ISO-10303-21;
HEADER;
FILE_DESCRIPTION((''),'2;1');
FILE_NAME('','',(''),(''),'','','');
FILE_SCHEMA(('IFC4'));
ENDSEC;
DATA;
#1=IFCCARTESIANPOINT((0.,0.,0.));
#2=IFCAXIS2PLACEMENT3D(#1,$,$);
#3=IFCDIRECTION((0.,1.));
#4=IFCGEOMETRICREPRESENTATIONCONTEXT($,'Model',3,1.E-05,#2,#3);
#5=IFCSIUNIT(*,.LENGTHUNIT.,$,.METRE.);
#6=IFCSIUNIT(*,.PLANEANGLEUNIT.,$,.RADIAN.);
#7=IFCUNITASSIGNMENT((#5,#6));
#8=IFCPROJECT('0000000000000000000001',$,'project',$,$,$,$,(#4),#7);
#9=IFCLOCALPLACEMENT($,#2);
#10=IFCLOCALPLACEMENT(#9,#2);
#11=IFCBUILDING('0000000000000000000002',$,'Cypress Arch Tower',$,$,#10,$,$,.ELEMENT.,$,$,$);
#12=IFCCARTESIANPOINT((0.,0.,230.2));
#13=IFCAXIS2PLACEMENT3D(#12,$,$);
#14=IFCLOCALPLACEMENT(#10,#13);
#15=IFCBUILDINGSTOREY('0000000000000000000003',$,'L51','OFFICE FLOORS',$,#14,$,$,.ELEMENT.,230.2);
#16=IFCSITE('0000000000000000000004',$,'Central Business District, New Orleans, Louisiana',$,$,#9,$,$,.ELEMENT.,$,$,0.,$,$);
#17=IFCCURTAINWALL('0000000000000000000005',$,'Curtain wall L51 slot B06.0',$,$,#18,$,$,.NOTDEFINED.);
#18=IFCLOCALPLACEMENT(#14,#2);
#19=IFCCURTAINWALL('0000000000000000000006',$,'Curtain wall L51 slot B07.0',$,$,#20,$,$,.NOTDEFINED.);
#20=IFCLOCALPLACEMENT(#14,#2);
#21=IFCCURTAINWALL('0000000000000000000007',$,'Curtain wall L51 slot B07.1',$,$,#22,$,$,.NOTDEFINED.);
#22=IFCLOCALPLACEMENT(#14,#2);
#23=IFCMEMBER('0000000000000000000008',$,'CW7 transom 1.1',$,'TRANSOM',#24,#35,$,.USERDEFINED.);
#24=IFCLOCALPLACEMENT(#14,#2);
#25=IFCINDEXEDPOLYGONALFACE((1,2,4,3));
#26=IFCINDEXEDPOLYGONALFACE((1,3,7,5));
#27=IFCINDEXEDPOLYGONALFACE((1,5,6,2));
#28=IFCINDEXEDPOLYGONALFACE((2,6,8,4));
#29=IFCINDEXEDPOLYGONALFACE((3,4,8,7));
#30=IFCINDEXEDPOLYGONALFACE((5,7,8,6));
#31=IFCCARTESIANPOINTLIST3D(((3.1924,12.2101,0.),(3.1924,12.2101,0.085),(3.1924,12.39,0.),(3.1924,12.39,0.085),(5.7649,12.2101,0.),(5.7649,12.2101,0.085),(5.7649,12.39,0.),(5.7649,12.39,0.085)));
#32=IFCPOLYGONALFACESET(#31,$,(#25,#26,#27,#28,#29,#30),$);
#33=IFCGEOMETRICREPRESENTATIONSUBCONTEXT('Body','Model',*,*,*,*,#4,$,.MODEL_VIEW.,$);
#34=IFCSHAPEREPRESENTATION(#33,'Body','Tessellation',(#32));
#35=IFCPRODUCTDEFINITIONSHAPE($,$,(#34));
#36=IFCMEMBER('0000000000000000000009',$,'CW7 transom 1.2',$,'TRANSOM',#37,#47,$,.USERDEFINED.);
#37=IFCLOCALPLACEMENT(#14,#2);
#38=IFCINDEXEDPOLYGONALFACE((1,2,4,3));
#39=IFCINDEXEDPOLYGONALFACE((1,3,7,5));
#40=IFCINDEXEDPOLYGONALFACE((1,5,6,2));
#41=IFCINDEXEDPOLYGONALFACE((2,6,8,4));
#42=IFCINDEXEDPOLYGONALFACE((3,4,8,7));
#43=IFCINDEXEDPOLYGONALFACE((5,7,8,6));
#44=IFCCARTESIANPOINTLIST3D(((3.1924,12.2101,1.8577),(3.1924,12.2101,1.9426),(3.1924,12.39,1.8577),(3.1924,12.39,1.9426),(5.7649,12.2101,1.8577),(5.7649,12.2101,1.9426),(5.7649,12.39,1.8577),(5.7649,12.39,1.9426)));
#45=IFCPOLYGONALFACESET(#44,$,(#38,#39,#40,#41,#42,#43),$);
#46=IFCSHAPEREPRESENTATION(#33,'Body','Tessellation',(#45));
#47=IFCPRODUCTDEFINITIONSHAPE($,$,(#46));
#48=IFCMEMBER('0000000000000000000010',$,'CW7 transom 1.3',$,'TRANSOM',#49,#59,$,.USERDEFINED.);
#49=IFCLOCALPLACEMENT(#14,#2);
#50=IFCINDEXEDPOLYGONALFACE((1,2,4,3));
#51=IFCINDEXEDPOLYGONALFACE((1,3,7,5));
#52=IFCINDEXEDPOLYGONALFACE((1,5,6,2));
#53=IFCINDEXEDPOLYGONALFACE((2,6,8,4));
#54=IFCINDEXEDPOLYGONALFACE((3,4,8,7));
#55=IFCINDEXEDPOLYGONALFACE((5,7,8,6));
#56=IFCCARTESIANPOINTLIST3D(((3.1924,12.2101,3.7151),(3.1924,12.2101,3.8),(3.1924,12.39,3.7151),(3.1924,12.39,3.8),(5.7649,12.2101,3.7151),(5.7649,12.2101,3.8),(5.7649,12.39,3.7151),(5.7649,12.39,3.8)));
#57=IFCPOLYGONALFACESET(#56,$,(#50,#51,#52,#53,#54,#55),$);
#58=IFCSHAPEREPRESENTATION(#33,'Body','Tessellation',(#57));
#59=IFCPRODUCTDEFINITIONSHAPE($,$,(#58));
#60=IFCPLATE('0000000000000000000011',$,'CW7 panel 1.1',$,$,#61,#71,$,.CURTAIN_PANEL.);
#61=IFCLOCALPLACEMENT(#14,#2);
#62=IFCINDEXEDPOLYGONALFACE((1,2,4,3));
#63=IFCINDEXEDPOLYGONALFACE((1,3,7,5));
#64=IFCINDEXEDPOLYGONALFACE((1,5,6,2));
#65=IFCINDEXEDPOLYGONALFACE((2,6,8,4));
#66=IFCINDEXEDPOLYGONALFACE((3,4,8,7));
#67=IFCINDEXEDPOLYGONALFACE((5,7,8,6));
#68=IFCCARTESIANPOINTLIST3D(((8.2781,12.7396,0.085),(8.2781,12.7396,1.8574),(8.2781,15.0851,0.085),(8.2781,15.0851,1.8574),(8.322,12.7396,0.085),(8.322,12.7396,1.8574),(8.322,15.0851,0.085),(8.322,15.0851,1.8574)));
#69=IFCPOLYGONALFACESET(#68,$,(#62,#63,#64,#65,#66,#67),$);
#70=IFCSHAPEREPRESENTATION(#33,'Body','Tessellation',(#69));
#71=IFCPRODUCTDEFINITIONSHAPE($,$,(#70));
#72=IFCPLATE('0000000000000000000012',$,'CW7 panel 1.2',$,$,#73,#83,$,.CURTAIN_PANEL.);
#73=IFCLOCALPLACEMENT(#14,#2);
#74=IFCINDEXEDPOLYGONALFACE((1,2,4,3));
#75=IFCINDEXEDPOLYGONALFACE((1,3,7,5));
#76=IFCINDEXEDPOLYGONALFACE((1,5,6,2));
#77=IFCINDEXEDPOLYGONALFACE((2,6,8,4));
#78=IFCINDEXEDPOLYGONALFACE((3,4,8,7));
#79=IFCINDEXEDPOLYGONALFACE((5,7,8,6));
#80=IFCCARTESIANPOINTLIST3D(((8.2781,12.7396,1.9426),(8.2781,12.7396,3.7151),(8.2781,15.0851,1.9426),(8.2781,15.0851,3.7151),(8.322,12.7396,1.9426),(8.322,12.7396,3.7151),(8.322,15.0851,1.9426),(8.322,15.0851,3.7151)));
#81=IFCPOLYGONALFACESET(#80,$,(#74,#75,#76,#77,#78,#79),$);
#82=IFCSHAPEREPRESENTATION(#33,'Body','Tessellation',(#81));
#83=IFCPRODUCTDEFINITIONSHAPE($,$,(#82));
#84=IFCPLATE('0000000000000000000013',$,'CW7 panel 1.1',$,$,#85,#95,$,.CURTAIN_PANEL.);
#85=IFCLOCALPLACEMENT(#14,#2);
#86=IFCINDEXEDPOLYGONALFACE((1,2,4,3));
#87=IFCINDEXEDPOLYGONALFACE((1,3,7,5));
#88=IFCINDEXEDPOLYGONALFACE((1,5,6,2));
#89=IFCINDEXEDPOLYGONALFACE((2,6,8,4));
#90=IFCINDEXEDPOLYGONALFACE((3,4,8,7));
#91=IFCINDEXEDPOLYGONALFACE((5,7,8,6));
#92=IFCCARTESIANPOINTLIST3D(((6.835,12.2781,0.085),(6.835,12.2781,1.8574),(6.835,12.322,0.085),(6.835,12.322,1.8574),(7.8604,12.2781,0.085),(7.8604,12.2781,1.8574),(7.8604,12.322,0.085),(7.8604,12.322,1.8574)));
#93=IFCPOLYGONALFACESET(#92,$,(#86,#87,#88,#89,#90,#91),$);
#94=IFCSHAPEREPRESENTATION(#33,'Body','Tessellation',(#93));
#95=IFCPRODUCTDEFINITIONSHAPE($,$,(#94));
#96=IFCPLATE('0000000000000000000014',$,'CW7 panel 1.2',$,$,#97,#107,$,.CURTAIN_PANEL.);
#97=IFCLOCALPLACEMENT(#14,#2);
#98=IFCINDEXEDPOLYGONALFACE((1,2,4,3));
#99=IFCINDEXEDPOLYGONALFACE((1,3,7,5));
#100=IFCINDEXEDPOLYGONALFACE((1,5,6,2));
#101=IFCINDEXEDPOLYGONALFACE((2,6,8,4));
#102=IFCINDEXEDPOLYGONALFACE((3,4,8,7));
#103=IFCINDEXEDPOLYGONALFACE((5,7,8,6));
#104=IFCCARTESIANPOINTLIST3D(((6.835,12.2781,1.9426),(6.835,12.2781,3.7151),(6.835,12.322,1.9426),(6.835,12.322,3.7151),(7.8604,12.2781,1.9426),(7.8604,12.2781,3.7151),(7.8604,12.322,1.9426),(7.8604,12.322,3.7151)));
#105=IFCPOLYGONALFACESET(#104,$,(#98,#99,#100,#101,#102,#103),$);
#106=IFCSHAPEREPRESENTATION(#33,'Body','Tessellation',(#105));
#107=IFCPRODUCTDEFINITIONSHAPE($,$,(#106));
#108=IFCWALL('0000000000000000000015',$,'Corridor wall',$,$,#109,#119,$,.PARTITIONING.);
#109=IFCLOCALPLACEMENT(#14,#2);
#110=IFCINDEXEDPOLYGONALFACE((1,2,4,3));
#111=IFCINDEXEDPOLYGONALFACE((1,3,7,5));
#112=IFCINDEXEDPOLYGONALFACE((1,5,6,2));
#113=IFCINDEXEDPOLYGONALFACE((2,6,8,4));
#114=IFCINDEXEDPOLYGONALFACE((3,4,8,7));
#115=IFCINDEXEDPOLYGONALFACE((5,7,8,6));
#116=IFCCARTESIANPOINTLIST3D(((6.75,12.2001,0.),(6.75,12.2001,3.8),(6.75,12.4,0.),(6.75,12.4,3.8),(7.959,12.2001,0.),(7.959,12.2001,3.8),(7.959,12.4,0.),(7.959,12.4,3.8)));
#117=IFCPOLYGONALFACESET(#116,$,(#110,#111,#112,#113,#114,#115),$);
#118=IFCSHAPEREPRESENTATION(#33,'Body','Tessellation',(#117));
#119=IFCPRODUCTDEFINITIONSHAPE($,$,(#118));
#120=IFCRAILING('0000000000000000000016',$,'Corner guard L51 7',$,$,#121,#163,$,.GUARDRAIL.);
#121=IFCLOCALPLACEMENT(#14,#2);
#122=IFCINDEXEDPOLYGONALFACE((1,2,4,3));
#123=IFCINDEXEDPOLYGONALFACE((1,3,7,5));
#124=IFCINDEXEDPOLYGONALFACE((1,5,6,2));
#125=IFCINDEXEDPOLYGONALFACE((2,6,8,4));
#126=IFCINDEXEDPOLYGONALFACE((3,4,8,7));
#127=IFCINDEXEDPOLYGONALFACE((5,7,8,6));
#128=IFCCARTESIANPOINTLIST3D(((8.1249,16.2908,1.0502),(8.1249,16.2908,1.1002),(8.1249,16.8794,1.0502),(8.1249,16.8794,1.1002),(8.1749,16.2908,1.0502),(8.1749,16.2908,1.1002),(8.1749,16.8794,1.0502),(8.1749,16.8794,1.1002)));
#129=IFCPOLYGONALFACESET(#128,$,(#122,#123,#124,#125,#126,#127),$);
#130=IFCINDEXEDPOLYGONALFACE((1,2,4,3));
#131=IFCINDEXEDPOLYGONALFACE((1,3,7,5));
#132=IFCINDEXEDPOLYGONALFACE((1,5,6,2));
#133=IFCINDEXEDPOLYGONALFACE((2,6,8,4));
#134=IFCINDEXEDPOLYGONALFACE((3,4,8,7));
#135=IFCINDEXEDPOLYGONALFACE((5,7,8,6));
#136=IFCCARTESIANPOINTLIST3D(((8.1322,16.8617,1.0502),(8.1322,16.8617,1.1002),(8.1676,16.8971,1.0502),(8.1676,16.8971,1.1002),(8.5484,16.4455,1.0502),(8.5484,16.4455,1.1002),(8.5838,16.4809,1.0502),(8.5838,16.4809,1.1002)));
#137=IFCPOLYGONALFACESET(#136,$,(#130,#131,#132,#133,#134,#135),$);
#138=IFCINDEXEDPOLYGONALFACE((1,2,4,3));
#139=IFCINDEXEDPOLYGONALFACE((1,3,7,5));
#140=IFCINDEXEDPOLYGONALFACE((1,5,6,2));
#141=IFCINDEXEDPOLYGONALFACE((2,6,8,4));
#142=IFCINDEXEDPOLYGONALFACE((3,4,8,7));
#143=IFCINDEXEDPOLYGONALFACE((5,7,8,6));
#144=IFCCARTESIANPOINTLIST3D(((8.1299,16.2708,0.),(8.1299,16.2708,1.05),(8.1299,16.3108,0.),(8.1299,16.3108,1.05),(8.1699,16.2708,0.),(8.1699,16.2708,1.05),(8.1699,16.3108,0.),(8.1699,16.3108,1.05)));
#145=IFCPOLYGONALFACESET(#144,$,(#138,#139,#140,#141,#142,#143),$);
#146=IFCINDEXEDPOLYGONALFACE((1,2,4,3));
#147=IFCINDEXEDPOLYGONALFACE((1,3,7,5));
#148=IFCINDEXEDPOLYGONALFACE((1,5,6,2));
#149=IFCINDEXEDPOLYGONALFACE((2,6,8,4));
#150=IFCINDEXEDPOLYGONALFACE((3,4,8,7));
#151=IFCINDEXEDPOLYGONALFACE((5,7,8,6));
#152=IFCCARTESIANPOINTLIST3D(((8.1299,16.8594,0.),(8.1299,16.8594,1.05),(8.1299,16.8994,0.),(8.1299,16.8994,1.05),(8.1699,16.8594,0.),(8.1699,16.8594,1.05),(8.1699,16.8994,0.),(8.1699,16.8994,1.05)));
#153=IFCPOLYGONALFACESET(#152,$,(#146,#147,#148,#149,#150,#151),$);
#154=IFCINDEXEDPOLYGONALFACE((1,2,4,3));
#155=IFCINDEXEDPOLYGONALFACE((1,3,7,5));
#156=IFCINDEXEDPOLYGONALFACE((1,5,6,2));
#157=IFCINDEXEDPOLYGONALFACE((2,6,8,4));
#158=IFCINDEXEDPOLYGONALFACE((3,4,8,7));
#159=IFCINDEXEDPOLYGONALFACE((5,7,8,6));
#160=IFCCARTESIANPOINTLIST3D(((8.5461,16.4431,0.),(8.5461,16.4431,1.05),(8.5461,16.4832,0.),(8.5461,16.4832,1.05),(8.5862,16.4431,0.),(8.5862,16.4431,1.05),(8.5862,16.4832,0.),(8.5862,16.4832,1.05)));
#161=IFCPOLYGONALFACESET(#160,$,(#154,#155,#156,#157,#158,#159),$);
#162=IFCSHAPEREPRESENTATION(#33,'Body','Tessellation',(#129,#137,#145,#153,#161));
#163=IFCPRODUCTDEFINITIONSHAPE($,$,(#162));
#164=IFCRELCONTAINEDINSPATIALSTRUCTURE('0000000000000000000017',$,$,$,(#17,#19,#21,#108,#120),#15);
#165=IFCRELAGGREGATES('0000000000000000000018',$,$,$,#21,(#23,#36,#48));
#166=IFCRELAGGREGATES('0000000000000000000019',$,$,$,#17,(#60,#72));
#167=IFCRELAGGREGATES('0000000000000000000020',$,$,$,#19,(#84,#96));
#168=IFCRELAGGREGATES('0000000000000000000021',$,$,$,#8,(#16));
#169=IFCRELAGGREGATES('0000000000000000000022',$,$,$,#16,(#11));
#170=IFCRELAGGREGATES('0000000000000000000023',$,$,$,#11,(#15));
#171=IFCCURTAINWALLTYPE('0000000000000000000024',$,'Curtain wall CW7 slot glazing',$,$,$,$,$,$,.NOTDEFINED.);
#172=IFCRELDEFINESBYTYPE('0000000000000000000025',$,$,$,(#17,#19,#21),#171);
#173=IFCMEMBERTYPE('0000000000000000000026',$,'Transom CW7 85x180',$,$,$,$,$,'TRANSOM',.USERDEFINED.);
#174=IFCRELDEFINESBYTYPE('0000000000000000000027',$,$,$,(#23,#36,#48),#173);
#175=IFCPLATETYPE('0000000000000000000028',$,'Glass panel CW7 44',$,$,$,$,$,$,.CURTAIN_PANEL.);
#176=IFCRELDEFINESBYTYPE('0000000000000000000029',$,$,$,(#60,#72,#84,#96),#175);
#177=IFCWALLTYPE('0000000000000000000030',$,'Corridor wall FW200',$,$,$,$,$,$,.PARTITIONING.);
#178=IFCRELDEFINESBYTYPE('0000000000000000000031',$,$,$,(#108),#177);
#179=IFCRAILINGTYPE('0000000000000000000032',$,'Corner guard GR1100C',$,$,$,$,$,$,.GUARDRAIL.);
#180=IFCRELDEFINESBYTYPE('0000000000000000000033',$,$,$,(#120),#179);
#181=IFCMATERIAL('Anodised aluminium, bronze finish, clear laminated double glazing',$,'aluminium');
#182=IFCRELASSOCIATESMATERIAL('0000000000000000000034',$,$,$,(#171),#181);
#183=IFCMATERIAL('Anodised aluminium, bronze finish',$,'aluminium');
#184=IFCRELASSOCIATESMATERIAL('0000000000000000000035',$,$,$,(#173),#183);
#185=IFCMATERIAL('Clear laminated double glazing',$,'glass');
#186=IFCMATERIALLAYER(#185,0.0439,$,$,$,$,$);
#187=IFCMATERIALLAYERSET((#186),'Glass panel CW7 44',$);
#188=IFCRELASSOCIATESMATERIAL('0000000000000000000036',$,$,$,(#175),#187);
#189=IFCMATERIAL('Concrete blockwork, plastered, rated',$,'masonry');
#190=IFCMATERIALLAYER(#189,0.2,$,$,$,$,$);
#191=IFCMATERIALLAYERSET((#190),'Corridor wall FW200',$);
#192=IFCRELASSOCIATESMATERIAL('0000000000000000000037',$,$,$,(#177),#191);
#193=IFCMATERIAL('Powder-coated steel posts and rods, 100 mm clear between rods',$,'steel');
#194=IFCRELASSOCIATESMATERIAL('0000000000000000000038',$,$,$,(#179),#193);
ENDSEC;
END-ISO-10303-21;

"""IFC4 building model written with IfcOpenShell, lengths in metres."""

from ifc_helpers import new_model, si_unit, direction, frame, frame_2d, origin, origin_2d, place, context, subcontext, project, spatial, rectangle, extrude, material, layer, layer_set, material_profile, profile_set, type_object, element, aggregate, save


model = new_model("IFC4")

# Units and contexts
model_context = context("Model", 3, precision=1e-05, world=origin(), true_north=direction((0.0, 1.0)))
body_context = subcontext(model_context, "Body", "Model", "MODEL_VIEW")
ifc_project = project(units=[si_unit("LENGTHUNIT", "METRE"), si_unit("PLANEANGLEUNIT", "RADIAN")], contexts=[model_context])

# Site, building, storey
site_placement = place(None, origin())
site = spatial("IfcSite", under=ifc_project, at=site_placement, Name="Central Business District, New Orleans, Louisiana", CompositionType="ELEMENT", RefElevation=0.0)
building_placement = place(site_placement, origin())
building = spatial("IfcBuilding", under=site, at=building_placement, Name="Cypress Arch Tower", CompositionType="ELEMENT")
storey_placement = place(building_placement, frame((0.0, 0.0, 230.2)))
storey = spatial("IfcBuildingStorey", under=building, at=storey_placement, Name="L51", Description="OFFICE FLOORS", CompositionType="ELEMENT", Elevation=230.2)

# Curtain walls
ifc_material_1 = material(Name="Anodised aluminium, bronze finish, clear laminated double glazing", Category="aluminium")
curtain_wall_type = type_object("IfcCurtainWallType", Name="Curtain wall CW7 slot glazing", PredefinedType="NOTDEFINED", material=ifc_material_1)
curtain_wall_1_placement = place(storey_placement, origin())
curtain_wall_1 = element("IfcCurtainWall", 1, at=curtain_wall_1_placement, inside=storey, type_object=curtain_wall_type, Name="Curtain wall L51 slot B06.0", PredefinedType="NOTDEFINED")
curtain_wall_2_placement = place(storey_placement, origin())
curtain_wall_2 = element("IfcCurtainWall", 2, at=curtain_wall_2_placement, inside=storey, type_object=curtain_wall_type, Name="Curtain wall L51 slot B07.0", PredefinedType="NOTDEFINED")

# Curtain wall
curtain_wall_3_placement = place(storey_placement, origin())
curtain_wall_3 = element("IfcCurtainWall", 3, at=curtain_wall_3_placement, inside=storey, type_object=curtain_wall_type, Name="Curtain wall L51 slot B07.1", PredefinedType="NOTDEFINED")

# Members
ifc_material_2 = material(Name="Anodised aluminium, bronze finish", Category="aluminium")
ifc_material_profile_1 = material_profile(ifc_material_2, rectangle(XDim=0.1799, YDim=0.085, at=origin_2d()), Name="Transom 85x180")
ifc_profile_set_1 = profile_set([ifc_material_profile_1], Name="Anodised aluminium, bronze finish")
member_type_1 = type_object("IfcMemberType", Name="Transom CW7 85x180", ElementType="TRANSOM", PredefinedType="USERDEFINED", material=ifc_profile_set_1)
member_1_placement = place(storey_placement, frame((5.7649, 12.3, 0.0425), z_axis=(-1.0, 0.0, 0.0), x_axis=(0.0, -1.0, 0.0)))
member_1 = element("IfcMember", 4, at=member_1_placement, type_object=member_type_1, Name="CW7 transom 1.1", ObjectType="TRANSOM", PredefinedType="USERDEFINED", context=body_context, shape_type="SweptSolid", body=[
    extrude(rectangle(XDim=0.1799, YDim=0.085, at=origin_2d()), origin(), (0.0, 0.0, 1.0), 2.5725),
])
member_2_placement = place(storey_placement, frame((5.7649, 12.3, 1.9001), z_axis=(-1.0, 0.0, 0.0), x_axis=(0.0, -1.0, 0.0)))
member_2 = element("IfcMember", 5, at=member_2_placement, type_object=member_type_1, Name="CW7 transom 1.2", ObjectType="TRANSOM", PredefinedType="USERDEFINED", context=body_context, shape_type="SweptSolid", body=[
    extrude(rectangle(XDim=0.1799, YDim=0.085, at=origin_2d()), origin(), (0.0, 0.0, 1.0), 2.5725),
])
member_3_placement = place(storey_placement, frame((5.7649, 12.3, 3.7576), z_axis=(-1.0, 0.0, 0.0), x_axis=(0.0, -1.0, 0.0)))
member_3 = element("IfcMember", 6, at=member_3_placement, type_object=member_type_1, Name="CW7 transom 1.3", ObjectType="TRANSOM", PredefinedType="USERDEFINED", context=body_context, shape_type="SweptSolid", body=[
    extrude(rectangle(XDim=0.1799, YDim=0.085, at=origin_2d()), origin(), (0.0, 0.0, 1.0), 2.5725),
])
aggregate(curtain_wall_3, [member_1, member_2, member_3])

# Plates
ifc_material_3 = material(Name="Clear laminated double glazing", Category="glass")
ifc_layer_1 = layer(ifc_material_3, 0.0439)
ifc_layer_set_1 = layer_set([ifc_layer_1], Name="Glass panel CW7 44")
plate_type = type_object("IfcPlateType", Name="Glass panel CW7 44", PredefinedType="CURTAIN_PANEL", material=ifc_layer_set_1)
plate_1_placement = place(storey_placement, frame((8.3, 13.9124, 0.085), z_axis=(0.0, 0.0, 1.0), x_axis=(0.0, -1.0, 0.0)))
plate_1 = element("IfcPlate", 7, at=plate_1_placement, type_object=plate_type, Name="CW7 panel 1.1", PredefinedType="CURTAIN_PANEL", context=body_context, shape_type="SweptSolid", body=[
    extrude(rectangle(XDim=2.3455, YDim=0.0439, at=origin_2d()), origin(), (0.0, 0.0, 1.0), 1.7725),
])
plate_2_placement = place(storey_placement, frame((8.3, 13.9124, 1.9426), z_axis=(0.0, 0.0, 1.0), x_axis=(0.0, -1.0, 0.0)))
plate_2 = element("IfcPlate", 8, at=plate_2_placement, type_object=plate_type, Name="CW7 panel 1.2", PredefinedType="CURTAIN_PANEL", context=body_context, shape_type="SweptSolid", body=[
    extrude(rectangle(XDim=2.3455, YDim=0.0439, at=origin_2d()), origin(), (0.0, 0.0, 1.0), 1.7725),
])
aggregate(curtain_wall_1, [plate_1, plate_2])
plate_3_placement = place(storey_placement, frame((7.3477, 12.3, 0.085), z_axis=(0.0, 0.0, 1.0), x_axis=(-1.0, 0.0, 0.0)))
plate_3 = element("IfcPlate", 9, at=plate_3_placement, type_object=plate_type, Name="CW7 panel 1.1", PredefinedType="CURTAIN_PANEL", context=body_context, shape_type="SweptSolid", body=[
    extrude(rectangle(XDim=1.0254, YDim=0.0439, at=origin_2d()), origin(), (0.0, 0.0, 1.0), 1.7725),
])
plate_4_placement = place(storey_placement, frame((7.3477, 12.3, 1.9426), z_axis=(0.0, 0.0, 1.0), x_axis=(-1.0, 0.0, 0.0)))
plate_4 = element("IfcPlate", 10, at=plate_4_placement, type_object=plate_type, Name="CW7 panel 1.2", PredefinedType="CURTAIN_PANEL", context=body_context, shape_type="SweptSolid", body=[
    extrude(rectangle(XDim=1.0254, YDim=0.0439, at=origin_2d()), origin(), (0.0, 0.0, 1.0), 1.7725),
])
aggregate(curtain_wall_2, [plate_3, plate_4])

# Wall
ifc_material_4 = material(Name="Concrete blockwork, plastered, rated", Category="masonry")
ifc_layer_2 = layer(ifc_material_4, 0.2)
ifc_layer_set_2 = layer_set([ifc_layer_2], Name="Corridor wall FW200")
wall_type = type_object("IfcWallType", Name="Corridor wall FW200", PredefinedType="PARTITIONING", material=ifc_layer_set_2)
wall_placement = place(storey_placement, frame((6.75, 12.3, 0.0), z_axis=(0.0, 0.0, 1.0), x_axis=(1.0, 0.0, 0.0)))
element("IfcWall", 11, at=wall_placement, inside=storey, type_object=wall_type, Name="Corridor wall", PredefinedType="PARTITIONING", context=body_context, shape_type="SweptSolid", body=[
    extrude(rectangle(XDim=1.209, YDim=0.2, at=frame_2d((0.6045, 0.0))), origin(), (0.0, 0.0, 1.0), 3.8),
])

# Railing
ifc_material_5 = material(Name="Powder-coated steel posts and rods, 100 mm clear between rods", Category="steel")
railing_type = type_object("IfcRailingType", Name="Corner guard GR1100C", PredefinedType="GUARDRAIL", material=ifc_material_5)
railing_placement = place(storey_placement, frame((8.1499, 16.2908, 0.0)))
element("IfcRailing", 12, at=railing_placement, inside=storey, type_object=railing_type, Name="Corner guard L51 7", PredefinedType="GUARDRAIL", context=body_context, shape_type="SweptSolid", body=[
    extrude(rectangle(XDim=0.05, YDim=0.05, at=origin_2d()), frame((0.0, 0.0, 1.0752), z_axis=(0.0, 1.0, 0.0), x_axis=(-1.0, 0.0, 0.0)), (0.0, 0.0, 1.0), 0.5886),
    extrude(rectangle(XDim=0.05, YDim=0.05, at=origin_2d()), frame((0.0, 0.5886, 1.0752), z_axis=(0.707107, -0.707107, 0.0), x_axis=(0.707107, 0.707107, 0.0)), (0.0, 0.0, 1.0), 0.5886),
    extrude(rectangle(XDim=0.04, YDim=0.04, at=origin_2d()), origin(), (0.0, 0.0, 1.0), 1.05),
    extrude(rectangle(XDim=0.04, YDim=0.04, at=origin_2d()), frame((0.0, 0.5886, 0.0)), (0.0, 0.0, 1.0), 1.05),
    extrude(rectangle(XDim=0.04, YDim=0.04, at=origin_2d()), frame((0.4163, 0.1724, 0.0)), (0.0, 0.0, 1.0), 1.05),
])

save(model, "model.ifc")
